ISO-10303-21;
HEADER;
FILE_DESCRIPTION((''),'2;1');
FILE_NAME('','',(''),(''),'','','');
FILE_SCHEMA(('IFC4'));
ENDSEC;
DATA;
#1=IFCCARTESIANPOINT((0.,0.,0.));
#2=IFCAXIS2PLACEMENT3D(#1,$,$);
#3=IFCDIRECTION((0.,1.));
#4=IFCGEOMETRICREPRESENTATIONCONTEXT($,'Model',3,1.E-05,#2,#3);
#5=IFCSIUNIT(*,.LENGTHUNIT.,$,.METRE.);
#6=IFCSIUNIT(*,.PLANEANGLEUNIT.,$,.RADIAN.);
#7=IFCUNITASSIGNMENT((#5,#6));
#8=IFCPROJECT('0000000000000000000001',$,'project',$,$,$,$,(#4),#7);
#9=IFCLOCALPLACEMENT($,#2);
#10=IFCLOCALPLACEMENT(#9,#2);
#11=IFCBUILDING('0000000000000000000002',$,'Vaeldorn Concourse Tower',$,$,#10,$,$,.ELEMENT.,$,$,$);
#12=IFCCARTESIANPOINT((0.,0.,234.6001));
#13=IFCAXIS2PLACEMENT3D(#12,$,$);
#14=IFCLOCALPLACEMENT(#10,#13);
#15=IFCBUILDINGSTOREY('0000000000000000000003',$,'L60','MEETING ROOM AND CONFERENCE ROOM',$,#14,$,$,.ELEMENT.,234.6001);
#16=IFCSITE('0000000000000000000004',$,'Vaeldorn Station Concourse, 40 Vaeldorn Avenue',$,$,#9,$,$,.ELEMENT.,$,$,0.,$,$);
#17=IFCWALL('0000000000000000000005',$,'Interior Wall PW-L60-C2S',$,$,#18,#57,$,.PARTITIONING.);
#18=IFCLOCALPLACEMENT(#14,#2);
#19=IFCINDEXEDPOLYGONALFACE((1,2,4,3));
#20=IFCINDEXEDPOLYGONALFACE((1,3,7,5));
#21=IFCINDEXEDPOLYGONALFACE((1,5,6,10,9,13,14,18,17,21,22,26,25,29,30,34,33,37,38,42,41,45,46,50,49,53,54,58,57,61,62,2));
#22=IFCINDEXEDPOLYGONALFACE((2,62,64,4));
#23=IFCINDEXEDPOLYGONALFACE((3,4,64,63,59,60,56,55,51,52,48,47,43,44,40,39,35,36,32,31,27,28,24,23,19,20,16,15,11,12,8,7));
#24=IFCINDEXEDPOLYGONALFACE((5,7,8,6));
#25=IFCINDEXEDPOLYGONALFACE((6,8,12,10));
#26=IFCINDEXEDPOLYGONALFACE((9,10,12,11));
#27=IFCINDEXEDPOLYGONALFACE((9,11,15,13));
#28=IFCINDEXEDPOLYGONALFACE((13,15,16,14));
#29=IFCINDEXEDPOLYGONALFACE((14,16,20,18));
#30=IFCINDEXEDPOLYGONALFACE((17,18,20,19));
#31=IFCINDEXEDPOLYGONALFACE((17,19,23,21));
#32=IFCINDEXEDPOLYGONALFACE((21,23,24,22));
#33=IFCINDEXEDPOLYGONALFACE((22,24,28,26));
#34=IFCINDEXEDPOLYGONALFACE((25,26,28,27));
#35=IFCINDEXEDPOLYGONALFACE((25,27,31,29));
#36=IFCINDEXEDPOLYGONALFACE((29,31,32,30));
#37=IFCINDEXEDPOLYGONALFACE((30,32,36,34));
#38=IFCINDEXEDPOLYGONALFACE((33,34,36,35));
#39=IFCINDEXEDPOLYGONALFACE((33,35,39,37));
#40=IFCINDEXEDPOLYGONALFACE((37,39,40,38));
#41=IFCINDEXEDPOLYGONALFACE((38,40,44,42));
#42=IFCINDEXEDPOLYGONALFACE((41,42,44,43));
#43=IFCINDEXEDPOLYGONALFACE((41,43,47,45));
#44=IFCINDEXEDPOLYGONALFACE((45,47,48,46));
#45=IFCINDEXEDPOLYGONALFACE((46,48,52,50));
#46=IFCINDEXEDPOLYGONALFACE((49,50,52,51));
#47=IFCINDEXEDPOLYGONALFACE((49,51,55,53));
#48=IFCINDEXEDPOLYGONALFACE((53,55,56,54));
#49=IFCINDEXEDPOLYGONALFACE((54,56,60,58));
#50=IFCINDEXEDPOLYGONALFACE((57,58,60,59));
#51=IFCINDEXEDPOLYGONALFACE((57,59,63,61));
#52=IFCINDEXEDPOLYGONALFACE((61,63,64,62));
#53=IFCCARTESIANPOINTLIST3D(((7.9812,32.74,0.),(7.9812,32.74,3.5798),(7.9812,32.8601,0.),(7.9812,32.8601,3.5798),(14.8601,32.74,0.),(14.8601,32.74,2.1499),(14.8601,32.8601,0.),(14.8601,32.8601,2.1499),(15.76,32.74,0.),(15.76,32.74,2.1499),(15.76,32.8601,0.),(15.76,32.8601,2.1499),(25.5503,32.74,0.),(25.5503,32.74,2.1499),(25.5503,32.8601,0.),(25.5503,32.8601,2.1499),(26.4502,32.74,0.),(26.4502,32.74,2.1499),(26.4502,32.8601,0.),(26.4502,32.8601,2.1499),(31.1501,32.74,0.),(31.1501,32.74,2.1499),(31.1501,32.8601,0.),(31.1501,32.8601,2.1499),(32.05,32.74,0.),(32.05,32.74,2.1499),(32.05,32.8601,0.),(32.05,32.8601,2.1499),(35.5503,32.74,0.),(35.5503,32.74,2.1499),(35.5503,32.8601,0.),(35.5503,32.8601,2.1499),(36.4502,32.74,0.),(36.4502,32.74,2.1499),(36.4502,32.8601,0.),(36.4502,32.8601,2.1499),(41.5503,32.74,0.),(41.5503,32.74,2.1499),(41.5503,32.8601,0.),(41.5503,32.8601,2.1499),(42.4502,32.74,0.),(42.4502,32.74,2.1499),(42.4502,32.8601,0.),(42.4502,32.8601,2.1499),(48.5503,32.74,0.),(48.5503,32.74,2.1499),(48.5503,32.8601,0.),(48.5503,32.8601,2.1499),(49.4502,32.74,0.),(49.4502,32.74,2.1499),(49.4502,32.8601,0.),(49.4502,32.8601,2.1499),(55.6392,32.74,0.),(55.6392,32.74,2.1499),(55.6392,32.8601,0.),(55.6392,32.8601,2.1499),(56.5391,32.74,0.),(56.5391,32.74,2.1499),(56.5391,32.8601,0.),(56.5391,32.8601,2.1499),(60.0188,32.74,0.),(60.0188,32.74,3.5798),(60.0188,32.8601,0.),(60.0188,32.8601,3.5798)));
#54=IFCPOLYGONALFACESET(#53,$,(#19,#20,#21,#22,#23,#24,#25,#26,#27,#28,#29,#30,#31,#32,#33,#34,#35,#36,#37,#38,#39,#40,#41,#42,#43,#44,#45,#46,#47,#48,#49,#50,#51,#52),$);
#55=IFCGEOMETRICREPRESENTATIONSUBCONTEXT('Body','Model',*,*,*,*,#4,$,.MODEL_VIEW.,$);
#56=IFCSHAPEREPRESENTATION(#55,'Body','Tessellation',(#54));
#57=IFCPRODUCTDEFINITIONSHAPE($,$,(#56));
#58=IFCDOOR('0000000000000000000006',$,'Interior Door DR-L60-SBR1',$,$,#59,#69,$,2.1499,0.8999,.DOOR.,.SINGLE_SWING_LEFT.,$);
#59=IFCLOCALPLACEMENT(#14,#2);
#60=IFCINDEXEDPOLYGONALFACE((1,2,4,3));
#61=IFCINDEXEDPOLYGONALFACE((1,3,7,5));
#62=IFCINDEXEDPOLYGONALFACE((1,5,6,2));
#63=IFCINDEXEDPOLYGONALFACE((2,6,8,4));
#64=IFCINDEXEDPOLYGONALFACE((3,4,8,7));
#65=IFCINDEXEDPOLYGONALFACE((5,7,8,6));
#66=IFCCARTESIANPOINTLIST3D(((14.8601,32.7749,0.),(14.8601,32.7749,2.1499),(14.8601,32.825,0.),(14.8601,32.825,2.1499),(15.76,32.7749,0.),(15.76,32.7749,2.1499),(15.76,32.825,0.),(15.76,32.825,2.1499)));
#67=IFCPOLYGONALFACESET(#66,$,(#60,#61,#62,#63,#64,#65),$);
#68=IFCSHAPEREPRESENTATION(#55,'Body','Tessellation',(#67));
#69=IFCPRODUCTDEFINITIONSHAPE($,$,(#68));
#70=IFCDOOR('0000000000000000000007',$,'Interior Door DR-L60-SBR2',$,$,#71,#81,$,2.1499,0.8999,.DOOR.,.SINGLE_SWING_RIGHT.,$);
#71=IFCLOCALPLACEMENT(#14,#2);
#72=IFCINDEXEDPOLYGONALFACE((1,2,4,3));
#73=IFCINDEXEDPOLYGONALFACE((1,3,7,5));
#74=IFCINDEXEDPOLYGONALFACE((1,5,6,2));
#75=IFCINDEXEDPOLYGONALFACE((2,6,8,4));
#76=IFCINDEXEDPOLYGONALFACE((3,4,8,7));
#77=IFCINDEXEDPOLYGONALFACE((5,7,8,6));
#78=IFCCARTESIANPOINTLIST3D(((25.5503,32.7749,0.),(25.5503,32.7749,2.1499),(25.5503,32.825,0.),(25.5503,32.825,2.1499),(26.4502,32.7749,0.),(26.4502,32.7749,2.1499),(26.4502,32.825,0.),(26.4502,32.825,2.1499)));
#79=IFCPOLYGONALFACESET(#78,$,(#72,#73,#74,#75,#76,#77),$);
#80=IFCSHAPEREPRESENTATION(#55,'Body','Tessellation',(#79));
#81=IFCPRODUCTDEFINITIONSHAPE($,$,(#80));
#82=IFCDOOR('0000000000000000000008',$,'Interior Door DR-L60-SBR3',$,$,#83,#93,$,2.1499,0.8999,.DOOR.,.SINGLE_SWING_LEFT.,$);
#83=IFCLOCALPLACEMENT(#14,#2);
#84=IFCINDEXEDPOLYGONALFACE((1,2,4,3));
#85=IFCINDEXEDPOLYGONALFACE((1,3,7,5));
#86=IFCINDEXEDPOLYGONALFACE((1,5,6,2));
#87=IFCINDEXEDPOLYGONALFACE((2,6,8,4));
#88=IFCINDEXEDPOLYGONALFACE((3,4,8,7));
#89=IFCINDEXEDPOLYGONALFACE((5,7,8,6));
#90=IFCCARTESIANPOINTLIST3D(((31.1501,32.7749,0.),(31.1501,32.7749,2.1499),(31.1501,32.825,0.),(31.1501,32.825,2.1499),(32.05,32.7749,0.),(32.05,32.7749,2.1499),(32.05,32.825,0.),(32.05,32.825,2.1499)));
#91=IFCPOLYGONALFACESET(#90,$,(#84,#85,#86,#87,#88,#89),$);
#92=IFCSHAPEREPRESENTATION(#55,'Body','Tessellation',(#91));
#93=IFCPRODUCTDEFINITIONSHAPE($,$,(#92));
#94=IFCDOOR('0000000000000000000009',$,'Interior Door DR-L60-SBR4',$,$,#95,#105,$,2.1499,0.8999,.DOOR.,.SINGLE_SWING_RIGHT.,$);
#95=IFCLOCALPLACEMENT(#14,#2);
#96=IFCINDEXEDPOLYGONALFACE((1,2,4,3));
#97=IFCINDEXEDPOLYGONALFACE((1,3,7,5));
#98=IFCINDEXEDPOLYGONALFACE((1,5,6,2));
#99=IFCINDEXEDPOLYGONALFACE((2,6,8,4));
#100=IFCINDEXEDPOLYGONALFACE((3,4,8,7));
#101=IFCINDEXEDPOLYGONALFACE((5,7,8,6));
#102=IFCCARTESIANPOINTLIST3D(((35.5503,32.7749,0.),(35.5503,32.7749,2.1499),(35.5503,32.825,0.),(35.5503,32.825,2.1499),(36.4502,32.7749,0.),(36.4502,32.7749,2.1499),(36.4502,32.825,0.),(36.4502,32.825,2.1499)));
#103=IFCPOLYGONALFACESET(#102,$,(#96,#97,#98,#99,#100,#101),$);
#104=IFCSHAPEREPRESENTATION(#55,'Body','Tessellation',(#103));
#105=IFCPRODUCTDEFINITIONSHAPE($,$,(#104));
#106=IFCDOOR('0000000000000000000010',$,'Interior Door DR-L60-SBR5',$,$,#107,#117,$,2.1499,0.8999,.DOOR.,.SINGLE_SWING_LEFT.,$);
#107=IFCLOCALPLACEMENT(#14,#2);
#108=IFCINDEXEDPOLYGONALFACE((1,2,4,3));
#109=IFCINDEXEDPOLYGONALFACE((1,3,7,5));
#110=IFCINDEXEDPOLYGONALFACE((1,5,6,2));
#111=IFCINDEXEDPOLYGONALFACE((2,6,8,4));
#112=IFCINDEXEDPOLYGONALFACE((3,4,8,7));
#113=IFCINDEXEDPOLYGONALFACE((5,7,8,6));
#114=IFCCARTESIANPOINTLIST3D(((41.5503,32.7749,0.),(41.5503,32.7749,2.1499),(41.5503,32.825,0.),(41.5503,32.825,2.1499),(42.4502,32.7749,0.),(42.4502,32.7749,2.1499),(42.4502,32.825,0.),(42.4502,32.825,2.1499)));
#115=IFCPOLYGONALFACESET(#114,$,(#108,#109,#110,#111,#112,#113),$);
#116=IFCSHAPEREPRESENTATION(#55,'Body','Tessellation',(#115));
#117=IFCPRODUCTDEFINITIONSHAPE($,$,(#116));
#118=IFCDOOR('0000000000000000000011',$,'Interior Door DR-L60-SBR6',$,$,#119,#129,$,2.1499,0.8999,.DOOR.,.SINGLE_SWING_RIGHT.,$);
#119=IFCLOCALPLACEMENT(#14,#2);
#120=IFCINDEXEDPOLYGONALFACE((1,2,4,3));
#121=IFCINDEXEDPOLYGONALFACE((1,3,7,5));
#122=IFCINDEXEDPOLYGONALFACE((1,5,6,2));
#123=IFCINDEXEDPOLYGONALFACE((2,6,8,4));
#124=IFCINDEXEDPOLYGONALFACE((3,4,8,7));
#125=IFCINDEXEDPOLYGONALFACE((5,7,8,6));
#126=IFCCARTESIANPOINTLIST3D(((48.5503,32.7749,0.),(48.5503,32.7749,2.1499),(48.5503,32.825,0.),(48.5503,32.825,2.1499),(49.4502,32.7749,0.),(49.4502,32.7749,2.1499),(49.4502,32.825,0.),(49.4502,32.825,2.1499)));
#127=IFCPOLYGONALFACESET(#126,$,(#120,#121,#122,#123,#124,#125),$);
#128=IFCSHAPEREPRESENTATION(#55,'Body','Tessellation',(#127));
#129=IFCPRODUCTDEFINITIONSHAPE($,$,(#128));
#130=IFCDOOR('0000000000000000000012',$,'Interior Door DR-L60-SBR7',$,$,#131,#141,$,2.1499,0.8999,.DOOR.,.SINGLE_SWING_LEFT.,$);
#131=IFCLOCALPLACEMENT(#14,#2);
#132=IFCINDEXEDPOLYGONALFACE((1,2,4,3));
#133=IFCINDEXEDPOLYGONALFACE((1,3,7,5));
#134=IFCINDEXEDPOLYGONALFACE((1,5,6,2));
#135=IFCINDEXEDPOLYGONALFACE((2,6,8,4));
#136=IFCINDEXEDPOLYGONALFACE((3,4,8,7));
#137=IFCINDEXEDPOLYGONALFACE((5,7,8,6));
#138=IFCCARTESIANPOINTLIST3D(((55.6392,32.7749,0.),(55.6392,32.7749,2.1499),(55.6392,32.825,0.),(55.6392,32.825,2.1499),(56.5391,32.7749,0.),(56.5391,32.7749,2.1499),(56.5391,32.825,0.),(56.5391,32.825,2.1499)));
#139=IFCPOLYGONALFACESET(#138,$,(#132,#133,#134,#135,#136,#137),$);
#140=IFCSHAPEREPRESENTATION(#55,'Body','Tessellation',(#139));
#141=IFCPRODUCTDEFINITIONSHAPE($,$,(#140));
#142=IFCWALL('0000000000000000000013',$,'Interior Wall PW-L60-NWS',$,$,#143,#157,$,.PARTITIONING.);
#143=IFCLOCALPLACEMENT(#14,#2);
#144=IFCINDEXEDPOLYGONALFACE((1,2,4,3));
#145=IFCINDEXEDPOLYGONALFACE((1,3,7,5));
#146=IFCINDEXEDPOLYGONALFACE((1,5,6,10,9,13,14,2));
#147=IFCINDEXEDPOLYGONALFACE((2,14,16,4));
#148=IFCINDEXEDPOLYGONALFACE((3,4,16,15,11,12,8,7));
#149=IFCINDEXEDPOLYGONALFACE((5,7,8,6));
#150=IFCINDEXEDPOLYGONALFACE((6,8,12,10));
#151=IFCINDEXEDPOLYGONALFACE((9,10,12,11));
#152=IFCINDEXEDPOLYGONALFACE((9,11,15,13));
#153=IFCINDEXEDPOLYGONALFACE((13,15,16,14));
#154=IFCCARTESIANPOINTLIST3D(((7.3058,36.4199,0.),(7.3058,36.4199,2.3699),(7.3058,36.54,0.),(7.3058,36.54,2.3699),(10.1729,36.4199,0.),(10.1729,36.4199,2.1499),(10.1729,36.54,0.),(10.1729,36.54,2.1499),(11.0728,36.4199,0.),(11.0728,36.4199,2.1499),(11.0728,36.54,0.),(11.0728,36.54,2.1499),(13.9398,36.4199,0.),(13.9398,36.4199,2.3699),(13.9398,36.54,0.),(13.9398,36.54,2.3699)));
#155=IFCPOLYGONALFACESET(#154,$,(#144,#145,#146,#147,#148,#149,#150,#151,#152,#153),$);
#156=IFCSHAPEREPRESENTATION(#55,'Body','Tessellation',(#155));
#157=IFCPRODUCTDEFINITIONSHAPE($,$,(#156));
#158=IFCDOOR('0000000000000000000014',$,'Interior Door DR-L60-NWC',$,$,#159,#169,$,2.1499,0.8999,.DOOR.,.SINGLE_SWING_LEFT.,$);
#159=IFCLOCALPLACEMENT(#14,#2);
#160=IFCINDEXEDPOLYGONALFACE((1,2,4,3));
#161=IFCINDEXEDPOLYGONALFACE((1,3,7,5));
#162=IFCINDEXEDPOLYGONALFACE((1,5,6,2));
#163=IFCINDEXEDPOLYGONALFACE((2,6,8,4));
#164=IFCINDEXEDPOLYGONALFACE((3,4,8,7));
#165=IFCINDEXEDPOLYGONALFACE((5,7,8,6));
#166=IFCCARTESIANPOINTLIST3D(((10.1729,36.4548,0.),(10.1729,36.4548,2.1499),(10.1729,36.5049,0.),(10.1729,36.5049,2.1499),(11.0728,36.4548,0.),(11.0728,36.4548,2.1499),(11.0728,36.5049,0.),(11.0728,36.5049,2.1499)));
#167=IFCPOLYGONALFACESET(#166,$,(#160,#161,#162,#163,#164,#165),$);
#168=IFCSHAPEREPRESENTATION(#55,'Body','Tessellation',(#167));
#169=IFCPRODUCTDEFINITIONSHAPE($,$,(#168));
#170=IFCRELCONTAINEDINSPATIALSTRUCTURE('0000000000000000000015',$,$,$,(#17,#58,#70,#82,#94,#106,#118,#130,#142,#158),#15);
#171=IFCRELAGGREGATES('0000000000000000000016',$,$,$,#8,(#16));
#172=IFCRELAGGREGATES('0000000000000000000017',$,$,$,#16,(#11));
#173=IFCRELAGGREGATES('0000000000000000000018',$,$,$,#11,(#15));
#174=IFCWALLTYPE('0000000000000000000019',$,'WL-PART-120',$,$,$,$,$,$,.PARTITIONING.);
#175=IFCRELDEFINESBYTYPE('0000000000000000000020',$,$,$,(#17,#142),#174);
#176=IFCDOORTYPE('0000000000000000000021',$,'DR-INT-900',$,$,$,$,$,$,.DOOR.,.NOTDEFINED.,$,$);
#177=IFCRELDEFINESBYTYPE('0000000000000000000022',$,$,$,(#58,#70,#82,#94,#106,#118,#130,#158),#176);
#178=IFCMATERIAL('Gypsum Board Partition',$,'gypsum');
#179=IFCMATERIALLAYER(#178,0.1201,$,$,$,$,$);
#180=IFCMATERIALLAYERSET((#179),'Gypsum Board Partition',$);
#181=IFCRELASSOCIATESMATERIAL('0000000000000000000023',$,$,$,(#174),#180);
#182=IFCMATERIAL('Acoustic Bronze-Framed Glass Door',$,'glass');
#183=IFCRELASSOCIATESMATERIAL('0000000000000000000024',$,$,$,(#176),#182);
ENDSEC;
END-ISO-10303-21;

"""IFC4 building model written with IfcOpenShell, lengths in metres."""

from ifc_helpers import new_model, si_unit, direction, frame, frame_2d, origin, place, context, subcontext, project, spatial, rectangle, extrude, source, transform, mapped, material, layer, layer_set, type_object, element, fill, save


model = new_model("IFC4")

# Units and contexts
model_context = context("Model", 3, precision=1e-05, world=origin(), true_north=direction((0.0, 1.0)))
body_context = subcontext(model_context, "Body", "Model", "MODEL_VIEW")
ifc_project = project(units=[si_unit("LENGTHUNIT", "METRE"), si_unit("PLANEANGLEUNIT", "RADIAN")], contexts=[model_context])

# Site, building, storey
site_placement = place(None, origin())
site = spatial("IfcSite", under=ifc_project, at=site_placement, Name="Vaeldorn Station Concourse, 40 Vaeldorn Avenue", CompositionType="ELEMENT", RefElevation=0.0)
building_placement = place(site_placement, origin())
building = spatial("IfcBuilding", under=site, at=building_placement, Name="Vaeldorn Concourse Tower", CompositionType="ELEMENT")
storey_placement = place(building_placement, frame((0.0, 0.0, 234.6001)))
storey = spatial("IfcBuildingStorey", under=building, at=storey_placement, Name="L60", Description="MEETING ROOM AND CONFERENCE ROOM", CompositionType="ELEMENT", Elevation=234.6001)

# Wall, openings, doors
ifc_material_1 = material(Name="Gypsum Board Partition", Category="gypsum")
ifc_layer_1 = layer(ifc_material_1, 0.1201)
ifc_layer_set_1 = layer_set([ifc_layer_1], Name="Gypsum Board Partition")
wall_type_1 = type_object("IfcWallType", Name="WL-PART-120", PredefinedType="PARTITIONING", material=ifc_layer_set_1)
wall_1_placement = place(storey_placement, frame((7.9812, 32.8, 0.0), z_axis=(0.0, 0.0, 1.0), x_axis=(1.0, 0.0, 0.0)))
wall_1 = element("IfcWall", 1, at=wall_1_placement, inside=storey, type_object=wall_type_1, Name="Interior Wall PW-L60-C2S", PredefinedType="PARTITIONING", context=body_context, shape_type="SweptSolid", body=[
    extrude(rectangle(XDim=52.0376, YDim=0.1201, at=frame_2d((26.0188, 0.0))), origin(), (0.0, 0.0, 1.0), 3.5798),
])
opening_1_placement = place(wall_1_placement, frame((6.8789, 0.0, 0.0)))
opening_1 = element("IfcOpeningElement", 2, at=opening_1_placement, cuts=wall_1, PredefinedType="OPENING", context=body_context, shape_type="SweptSolid", body=[
    extrude(rectangle(XDim=0.8999, YDim=2.1499, at=frame_2d((0.45, 1.075))), frame((0.0, 0.0701, 0.0), z_axis=(0.0, -1.0, 0.0), x_axis=(1.0, 0.0, 0.0)), (0.0, 0.0, 1.0), 0.1401),
])
opening_2_placement = place(wall_1_placement, frame((17.5691, 0.0, 0.0)))
opening_2 = element("IfcOpeningElement", 3, at=opening_2_placement, cuts=wall_1, PredefinedType="OPENING", context=body_context, shape_type="SweptSolid", body=[
    extrude(rectangle(XDim=0.8999, YDim=2.1499, at=frame_2d((0.45, 1.075))), frame((0.0, 0.0701, 0.0), z_axis=(0.0, -1.0, 0.0), x_axis=(1.0, 0.0, 0.0)), (0.0, 0.0, 1.0), 0.1401),
])
opening_3_placement = place(wall_1_placement, frame((23.1689, 0.0, 0.0)))
opening_3 = element("IfcOpeningElement", 4, at=opening_3_placement, cuts=wall_1, PredefinedType="OPENING", context=body_context, shape_type="SweptSolid", body=[
    extrude(rectangle(XDim=0.8999, YDim=2.1499, at=frame_2d((0.45, 1.075))), frame((0.0, 0.0701, 0.0), z_axis=(0.0, -1.0, 0.0), x_axis=(1.0, 0.0, 0.0)), (0.0, 0.0, 1.0), 0.1401),
])
opening_4_placement = place(wall_1_placement, frame((27.5691, 0.0, 0.0)))
opening_4 = element("IfcOpeningElement", 5, at=opening_4_placement, cuts=wall_1, PredefinedType="OPENING", context=body_context, shape_type="SweptSolid", body=[
    extrude(rectangle(XDim=0.8999, YDim=2.1499, at=frame_2d((0.45, 1.075))), frame((0.0, 0.0701, 0.0), z_axis=(0.0, -1.0, 0.0), x_axis=(1.0, 0.0, 0.0)), (0.0, 0.0, 1.0), 0.1401),
])
opening_5_placement = place(wall_1_placement, frame((33.5691, 0.0, 0.0)))
opening_5 = element("IfcOpeningElement", 6, at=opening_5_placement, cuts=wall_1, PredefinedType="OPENING", context=body_context, shape_type="SweptSolid", body=[
    extrude(rectangle(XDim=0.8999, YDim=2.1499, at=frame_2d((0.45, 1.075))), frame((0.0, 0.0701, 0.0), z_axis=(0.0, -1.0, 0.0), x_axis=(1.0, 0.0, 0.0)), (0.0, 0.0, 1.0), 0.1401),
])
opening_6_placement = place(wall_1_placement, frame((40.5691, 0.0, 0.0)))
opening_6 = element("IfcOpeningElement", 7, at=opening_6_placement, cuts=wall_1, PredefinedType="OPENING", context=body_context, shape_type="SweptSolid", body=[
    extrude(rectangle(XDim=0.8999, YDim=2.1499, at=frame_2d((0.45, 1.075))), frame((0.0, 0.0701, 0.0), z_axis=(0.0, -1.0, 0.0), x_axis=(1.0, 0.0, 0.0)), (0.0, 0.0, 1.0), 0.1401),
])
opening_7_placement = place(wall_1_placement, frame((47.658, 0.0, 0.0)))
opening_7 = element("IfcOpeningElement", 8, at=opening_7_placement, cuts=wall_1, PredefinedType="OPENING", context=body_context, shape_type="SweptSolid", body=[
    extrude(rectangle(XDim=0.8999, YDim=2.1499, at=frame_2d((0.45, 1.075))), frame((0.0, 0.0701, 0.0), z_axis=(0.0, -1.0, 0.0), x_axis=(1.0, 0.0, 0.0)), (0.0, 0.0, 1.0), 0.1401),
])
ifc_material_2 = material(Name="Acoustic Bronze-Framed Glass Door", Category="glass")
door_type = type_object("IfcDoorType", Name="DR-INT-900", OperationType="NOTDEFINED", PredefinedType="DOOR", material=ifc_material_2)
shared_shape_1 = source(origin(), body_context, "Body", "SweptSolid", [
    extrude(rectangle(XDim=0.8999, YDim=2.1499, at=frame_2d((0.45, 1.075))), frame((0.0, 0.0249, 0.0), z_axis=(0.0, -1.0, 0.0), x_axis=(1.0, 0.0, 0.0)), (0.0, 0.0, 1.0), 0.05),
])
door_1_placement = place(opening_1_placement, origin())
door_1 = element("IfcDoor", 9, at=door_1_placement, inside=storey, type_object=door_type, Name="Interior Door DR-L60-SBR1", OperationType="SINGLE_SWING_LEFT", OverallHeight=2.1499, OverallWidth=0.8999, PredefinedType="DOOR", context=body_context, shape_type="MappedRepresentation", body=[
    mapped(shared_shape_1, transform((0.0, 0.0, 0.0), scale=1.0)),
])
fill(opening_1, door_1)
door_2_placement = place(opening_2_placement, origin())
door_2 = element("IfcDoor", 10, at=door_2_placement, inside=storey, type_object=door_type, Name="Interior Door DR-L60-SBR2", OperationType="SINGLE_SWING_RIGHT", OverallHeight=2.1499, OverallWidth=0.8999, PredefinedType="DOOR", context=body_context, shape_type="MappedRepresentation", body=[
    mapped(shared_shape_1, transform((0.0, 0.0, 0.0), scale=1.0)),
])
fill(opening_2, door_2)
door_3_placement = place(opening_3_placement, origin())
door_3 = element("IfcDoor", 11, at=door_3_placement, inside=storey, type_object=door_type, Name="Interior Door DR-L60-SBR3", OperationType="SINGLE_SWING_LEFT", OverallHeight=2.1499, OverallWidth=0.8999, PredefinedType="DOOR", context=body_context, shape_type="MappedRepresentation", body=[
    mapped(shared_shape_1, transform((0.0, 0.0, 0.0), scale=1.0)),
])
fill(opening_3, door_3)
door_4_placement = place(opening_4_placement, origin())
door_4 = element("IfcDoor", 12, at=door_4_placement, inside=storey, type_object=door_type, Name="Interior Door DR-L60-SBR4", OperationType="SINGLE_SWING_RIGHT", OverallHeight=2.1499, OverallWidth=0.8999, PredefinedType="DOOR", context=body_context, shape_type="MappedRepresentation", body=[
    mapped(shared_shape_1, transform((0.0, 0.0, 0.0), scale=1.0)),
])
fill(opening_4, door_4)
door_5_placement = place(opening_5_placement, origin())
door_5 = element("IfcDoor", 13, at=door_5_placement, inside=storey, type_object=door_type, Name="Interior Door DR-L60-SBR5", OperationType="SINGLE_SWING_LEFT", OverallHeight=2.1499, OverallWidth=0.8999, PredefinedType="DOOR", context=body_context, shape_type="MappedRepresentation", body=[
    mapped(shared_shape_1, transform((0.0, 0.0, 0.0), scale=1.0)),
])
fill(opening_5, door_5)
door_6_placement = place(opening_6_placement, origin())
door_6 = element("IfcDoor", 14, at=door_6_placement, inside=storey, type_object=door_type, Name="Interior Door DR-L60-SBR6", OperationType="SINGLE_SWING_RIGHT", OverallHeight=2.1499, OverallWidth=0.8999, PredefinedType="DOOR", context=body_context, shape_type="MappedRepresentation", body=[
    mapped(shared_shape_1, transform((0.0, 0.0, 0.0), scale=1.0)),
])
fill(opening_6, door_6)
door_7_placement = place(opening_7_placement, origin())
door_7 = element("IfcDoor", 15, at=door_7_placement, inside=storey, type_object=door_type, Name="Interior Door DR-L60-SBR7", OperationType="SINGLE_SWING_LEFT", OverallHeight=2.1499, OverallWidth=0.8999, PredefinedType="DOOR", context=body_context, shape_type="MappedRepresentation", body=[
    mapped(shared_shape_1, transform((0.0, 0.0, 0.0), scale=1.0)),
])
fill(opening_7, door_7)

# Wall, opening, door
wall_2_placement = place(storey_placement, frame((7.3059, 36.48, 0.0), z_axis=(0.0, 0.0, 1.0), x_axis=(1.0, 0.0, 0.0)))
wall_2 = element("IfcWall", 16, at=wall_2_placement, inside=storey, type_object=wall_type_1, Name="Interior Wall PW-L60-NWS", PredefinedType="PARTITIONING", context=body_context, shape_type="SweptSolid", body=[
    extrude(rectangle(XDim=6.634, YDim=0.1201, at=frame_2d((3.3169, 0.0))), origin(), (0.0, 0.0, 1.0), 2.3699),
])
opening_8_placement = place(wall_2_placement, frame((2.8669, 0.0, 0.0)))
opening_8 = element("IfcOpeningElement", 17, at=opening_8_placement, cuts=wall_2, PredefinedType="OPENING", context=body_context, shape_type="SweptSolid", body=[
    extrude(rectangle(XDim=0.8999, YDim=2.1499, at=frame_2d((0.45, 1.075))), frame((0.0, 0.0701, 0.0), z_axis=(0.0, -1.0, 0.0), x_axis=(1.0, 0.0, 0.0)), (0.0, 0.0, 1.0), 0.1401),
])
door_8_placement = place(opening_8_placement, origin())
door_8 = element("IfcDoor", 18, at=door_8_placement, inside=storey, type_object=door_type, Name="Interior Door DR-L60-NWC", OperationType="SINGLE_SWING_LEFT", OverallHeight=2.1499, OverallWidth=0.8999, PredefinedType="DOOR", context=body_context, shape_type="MappedRepresentation", body=[
    mapped(shared_shape_1, transform((0.0, 0.0, 0.0), scale=1.0)),
])
fill(opening_8, door_8)

save(model, "model.ifc")
